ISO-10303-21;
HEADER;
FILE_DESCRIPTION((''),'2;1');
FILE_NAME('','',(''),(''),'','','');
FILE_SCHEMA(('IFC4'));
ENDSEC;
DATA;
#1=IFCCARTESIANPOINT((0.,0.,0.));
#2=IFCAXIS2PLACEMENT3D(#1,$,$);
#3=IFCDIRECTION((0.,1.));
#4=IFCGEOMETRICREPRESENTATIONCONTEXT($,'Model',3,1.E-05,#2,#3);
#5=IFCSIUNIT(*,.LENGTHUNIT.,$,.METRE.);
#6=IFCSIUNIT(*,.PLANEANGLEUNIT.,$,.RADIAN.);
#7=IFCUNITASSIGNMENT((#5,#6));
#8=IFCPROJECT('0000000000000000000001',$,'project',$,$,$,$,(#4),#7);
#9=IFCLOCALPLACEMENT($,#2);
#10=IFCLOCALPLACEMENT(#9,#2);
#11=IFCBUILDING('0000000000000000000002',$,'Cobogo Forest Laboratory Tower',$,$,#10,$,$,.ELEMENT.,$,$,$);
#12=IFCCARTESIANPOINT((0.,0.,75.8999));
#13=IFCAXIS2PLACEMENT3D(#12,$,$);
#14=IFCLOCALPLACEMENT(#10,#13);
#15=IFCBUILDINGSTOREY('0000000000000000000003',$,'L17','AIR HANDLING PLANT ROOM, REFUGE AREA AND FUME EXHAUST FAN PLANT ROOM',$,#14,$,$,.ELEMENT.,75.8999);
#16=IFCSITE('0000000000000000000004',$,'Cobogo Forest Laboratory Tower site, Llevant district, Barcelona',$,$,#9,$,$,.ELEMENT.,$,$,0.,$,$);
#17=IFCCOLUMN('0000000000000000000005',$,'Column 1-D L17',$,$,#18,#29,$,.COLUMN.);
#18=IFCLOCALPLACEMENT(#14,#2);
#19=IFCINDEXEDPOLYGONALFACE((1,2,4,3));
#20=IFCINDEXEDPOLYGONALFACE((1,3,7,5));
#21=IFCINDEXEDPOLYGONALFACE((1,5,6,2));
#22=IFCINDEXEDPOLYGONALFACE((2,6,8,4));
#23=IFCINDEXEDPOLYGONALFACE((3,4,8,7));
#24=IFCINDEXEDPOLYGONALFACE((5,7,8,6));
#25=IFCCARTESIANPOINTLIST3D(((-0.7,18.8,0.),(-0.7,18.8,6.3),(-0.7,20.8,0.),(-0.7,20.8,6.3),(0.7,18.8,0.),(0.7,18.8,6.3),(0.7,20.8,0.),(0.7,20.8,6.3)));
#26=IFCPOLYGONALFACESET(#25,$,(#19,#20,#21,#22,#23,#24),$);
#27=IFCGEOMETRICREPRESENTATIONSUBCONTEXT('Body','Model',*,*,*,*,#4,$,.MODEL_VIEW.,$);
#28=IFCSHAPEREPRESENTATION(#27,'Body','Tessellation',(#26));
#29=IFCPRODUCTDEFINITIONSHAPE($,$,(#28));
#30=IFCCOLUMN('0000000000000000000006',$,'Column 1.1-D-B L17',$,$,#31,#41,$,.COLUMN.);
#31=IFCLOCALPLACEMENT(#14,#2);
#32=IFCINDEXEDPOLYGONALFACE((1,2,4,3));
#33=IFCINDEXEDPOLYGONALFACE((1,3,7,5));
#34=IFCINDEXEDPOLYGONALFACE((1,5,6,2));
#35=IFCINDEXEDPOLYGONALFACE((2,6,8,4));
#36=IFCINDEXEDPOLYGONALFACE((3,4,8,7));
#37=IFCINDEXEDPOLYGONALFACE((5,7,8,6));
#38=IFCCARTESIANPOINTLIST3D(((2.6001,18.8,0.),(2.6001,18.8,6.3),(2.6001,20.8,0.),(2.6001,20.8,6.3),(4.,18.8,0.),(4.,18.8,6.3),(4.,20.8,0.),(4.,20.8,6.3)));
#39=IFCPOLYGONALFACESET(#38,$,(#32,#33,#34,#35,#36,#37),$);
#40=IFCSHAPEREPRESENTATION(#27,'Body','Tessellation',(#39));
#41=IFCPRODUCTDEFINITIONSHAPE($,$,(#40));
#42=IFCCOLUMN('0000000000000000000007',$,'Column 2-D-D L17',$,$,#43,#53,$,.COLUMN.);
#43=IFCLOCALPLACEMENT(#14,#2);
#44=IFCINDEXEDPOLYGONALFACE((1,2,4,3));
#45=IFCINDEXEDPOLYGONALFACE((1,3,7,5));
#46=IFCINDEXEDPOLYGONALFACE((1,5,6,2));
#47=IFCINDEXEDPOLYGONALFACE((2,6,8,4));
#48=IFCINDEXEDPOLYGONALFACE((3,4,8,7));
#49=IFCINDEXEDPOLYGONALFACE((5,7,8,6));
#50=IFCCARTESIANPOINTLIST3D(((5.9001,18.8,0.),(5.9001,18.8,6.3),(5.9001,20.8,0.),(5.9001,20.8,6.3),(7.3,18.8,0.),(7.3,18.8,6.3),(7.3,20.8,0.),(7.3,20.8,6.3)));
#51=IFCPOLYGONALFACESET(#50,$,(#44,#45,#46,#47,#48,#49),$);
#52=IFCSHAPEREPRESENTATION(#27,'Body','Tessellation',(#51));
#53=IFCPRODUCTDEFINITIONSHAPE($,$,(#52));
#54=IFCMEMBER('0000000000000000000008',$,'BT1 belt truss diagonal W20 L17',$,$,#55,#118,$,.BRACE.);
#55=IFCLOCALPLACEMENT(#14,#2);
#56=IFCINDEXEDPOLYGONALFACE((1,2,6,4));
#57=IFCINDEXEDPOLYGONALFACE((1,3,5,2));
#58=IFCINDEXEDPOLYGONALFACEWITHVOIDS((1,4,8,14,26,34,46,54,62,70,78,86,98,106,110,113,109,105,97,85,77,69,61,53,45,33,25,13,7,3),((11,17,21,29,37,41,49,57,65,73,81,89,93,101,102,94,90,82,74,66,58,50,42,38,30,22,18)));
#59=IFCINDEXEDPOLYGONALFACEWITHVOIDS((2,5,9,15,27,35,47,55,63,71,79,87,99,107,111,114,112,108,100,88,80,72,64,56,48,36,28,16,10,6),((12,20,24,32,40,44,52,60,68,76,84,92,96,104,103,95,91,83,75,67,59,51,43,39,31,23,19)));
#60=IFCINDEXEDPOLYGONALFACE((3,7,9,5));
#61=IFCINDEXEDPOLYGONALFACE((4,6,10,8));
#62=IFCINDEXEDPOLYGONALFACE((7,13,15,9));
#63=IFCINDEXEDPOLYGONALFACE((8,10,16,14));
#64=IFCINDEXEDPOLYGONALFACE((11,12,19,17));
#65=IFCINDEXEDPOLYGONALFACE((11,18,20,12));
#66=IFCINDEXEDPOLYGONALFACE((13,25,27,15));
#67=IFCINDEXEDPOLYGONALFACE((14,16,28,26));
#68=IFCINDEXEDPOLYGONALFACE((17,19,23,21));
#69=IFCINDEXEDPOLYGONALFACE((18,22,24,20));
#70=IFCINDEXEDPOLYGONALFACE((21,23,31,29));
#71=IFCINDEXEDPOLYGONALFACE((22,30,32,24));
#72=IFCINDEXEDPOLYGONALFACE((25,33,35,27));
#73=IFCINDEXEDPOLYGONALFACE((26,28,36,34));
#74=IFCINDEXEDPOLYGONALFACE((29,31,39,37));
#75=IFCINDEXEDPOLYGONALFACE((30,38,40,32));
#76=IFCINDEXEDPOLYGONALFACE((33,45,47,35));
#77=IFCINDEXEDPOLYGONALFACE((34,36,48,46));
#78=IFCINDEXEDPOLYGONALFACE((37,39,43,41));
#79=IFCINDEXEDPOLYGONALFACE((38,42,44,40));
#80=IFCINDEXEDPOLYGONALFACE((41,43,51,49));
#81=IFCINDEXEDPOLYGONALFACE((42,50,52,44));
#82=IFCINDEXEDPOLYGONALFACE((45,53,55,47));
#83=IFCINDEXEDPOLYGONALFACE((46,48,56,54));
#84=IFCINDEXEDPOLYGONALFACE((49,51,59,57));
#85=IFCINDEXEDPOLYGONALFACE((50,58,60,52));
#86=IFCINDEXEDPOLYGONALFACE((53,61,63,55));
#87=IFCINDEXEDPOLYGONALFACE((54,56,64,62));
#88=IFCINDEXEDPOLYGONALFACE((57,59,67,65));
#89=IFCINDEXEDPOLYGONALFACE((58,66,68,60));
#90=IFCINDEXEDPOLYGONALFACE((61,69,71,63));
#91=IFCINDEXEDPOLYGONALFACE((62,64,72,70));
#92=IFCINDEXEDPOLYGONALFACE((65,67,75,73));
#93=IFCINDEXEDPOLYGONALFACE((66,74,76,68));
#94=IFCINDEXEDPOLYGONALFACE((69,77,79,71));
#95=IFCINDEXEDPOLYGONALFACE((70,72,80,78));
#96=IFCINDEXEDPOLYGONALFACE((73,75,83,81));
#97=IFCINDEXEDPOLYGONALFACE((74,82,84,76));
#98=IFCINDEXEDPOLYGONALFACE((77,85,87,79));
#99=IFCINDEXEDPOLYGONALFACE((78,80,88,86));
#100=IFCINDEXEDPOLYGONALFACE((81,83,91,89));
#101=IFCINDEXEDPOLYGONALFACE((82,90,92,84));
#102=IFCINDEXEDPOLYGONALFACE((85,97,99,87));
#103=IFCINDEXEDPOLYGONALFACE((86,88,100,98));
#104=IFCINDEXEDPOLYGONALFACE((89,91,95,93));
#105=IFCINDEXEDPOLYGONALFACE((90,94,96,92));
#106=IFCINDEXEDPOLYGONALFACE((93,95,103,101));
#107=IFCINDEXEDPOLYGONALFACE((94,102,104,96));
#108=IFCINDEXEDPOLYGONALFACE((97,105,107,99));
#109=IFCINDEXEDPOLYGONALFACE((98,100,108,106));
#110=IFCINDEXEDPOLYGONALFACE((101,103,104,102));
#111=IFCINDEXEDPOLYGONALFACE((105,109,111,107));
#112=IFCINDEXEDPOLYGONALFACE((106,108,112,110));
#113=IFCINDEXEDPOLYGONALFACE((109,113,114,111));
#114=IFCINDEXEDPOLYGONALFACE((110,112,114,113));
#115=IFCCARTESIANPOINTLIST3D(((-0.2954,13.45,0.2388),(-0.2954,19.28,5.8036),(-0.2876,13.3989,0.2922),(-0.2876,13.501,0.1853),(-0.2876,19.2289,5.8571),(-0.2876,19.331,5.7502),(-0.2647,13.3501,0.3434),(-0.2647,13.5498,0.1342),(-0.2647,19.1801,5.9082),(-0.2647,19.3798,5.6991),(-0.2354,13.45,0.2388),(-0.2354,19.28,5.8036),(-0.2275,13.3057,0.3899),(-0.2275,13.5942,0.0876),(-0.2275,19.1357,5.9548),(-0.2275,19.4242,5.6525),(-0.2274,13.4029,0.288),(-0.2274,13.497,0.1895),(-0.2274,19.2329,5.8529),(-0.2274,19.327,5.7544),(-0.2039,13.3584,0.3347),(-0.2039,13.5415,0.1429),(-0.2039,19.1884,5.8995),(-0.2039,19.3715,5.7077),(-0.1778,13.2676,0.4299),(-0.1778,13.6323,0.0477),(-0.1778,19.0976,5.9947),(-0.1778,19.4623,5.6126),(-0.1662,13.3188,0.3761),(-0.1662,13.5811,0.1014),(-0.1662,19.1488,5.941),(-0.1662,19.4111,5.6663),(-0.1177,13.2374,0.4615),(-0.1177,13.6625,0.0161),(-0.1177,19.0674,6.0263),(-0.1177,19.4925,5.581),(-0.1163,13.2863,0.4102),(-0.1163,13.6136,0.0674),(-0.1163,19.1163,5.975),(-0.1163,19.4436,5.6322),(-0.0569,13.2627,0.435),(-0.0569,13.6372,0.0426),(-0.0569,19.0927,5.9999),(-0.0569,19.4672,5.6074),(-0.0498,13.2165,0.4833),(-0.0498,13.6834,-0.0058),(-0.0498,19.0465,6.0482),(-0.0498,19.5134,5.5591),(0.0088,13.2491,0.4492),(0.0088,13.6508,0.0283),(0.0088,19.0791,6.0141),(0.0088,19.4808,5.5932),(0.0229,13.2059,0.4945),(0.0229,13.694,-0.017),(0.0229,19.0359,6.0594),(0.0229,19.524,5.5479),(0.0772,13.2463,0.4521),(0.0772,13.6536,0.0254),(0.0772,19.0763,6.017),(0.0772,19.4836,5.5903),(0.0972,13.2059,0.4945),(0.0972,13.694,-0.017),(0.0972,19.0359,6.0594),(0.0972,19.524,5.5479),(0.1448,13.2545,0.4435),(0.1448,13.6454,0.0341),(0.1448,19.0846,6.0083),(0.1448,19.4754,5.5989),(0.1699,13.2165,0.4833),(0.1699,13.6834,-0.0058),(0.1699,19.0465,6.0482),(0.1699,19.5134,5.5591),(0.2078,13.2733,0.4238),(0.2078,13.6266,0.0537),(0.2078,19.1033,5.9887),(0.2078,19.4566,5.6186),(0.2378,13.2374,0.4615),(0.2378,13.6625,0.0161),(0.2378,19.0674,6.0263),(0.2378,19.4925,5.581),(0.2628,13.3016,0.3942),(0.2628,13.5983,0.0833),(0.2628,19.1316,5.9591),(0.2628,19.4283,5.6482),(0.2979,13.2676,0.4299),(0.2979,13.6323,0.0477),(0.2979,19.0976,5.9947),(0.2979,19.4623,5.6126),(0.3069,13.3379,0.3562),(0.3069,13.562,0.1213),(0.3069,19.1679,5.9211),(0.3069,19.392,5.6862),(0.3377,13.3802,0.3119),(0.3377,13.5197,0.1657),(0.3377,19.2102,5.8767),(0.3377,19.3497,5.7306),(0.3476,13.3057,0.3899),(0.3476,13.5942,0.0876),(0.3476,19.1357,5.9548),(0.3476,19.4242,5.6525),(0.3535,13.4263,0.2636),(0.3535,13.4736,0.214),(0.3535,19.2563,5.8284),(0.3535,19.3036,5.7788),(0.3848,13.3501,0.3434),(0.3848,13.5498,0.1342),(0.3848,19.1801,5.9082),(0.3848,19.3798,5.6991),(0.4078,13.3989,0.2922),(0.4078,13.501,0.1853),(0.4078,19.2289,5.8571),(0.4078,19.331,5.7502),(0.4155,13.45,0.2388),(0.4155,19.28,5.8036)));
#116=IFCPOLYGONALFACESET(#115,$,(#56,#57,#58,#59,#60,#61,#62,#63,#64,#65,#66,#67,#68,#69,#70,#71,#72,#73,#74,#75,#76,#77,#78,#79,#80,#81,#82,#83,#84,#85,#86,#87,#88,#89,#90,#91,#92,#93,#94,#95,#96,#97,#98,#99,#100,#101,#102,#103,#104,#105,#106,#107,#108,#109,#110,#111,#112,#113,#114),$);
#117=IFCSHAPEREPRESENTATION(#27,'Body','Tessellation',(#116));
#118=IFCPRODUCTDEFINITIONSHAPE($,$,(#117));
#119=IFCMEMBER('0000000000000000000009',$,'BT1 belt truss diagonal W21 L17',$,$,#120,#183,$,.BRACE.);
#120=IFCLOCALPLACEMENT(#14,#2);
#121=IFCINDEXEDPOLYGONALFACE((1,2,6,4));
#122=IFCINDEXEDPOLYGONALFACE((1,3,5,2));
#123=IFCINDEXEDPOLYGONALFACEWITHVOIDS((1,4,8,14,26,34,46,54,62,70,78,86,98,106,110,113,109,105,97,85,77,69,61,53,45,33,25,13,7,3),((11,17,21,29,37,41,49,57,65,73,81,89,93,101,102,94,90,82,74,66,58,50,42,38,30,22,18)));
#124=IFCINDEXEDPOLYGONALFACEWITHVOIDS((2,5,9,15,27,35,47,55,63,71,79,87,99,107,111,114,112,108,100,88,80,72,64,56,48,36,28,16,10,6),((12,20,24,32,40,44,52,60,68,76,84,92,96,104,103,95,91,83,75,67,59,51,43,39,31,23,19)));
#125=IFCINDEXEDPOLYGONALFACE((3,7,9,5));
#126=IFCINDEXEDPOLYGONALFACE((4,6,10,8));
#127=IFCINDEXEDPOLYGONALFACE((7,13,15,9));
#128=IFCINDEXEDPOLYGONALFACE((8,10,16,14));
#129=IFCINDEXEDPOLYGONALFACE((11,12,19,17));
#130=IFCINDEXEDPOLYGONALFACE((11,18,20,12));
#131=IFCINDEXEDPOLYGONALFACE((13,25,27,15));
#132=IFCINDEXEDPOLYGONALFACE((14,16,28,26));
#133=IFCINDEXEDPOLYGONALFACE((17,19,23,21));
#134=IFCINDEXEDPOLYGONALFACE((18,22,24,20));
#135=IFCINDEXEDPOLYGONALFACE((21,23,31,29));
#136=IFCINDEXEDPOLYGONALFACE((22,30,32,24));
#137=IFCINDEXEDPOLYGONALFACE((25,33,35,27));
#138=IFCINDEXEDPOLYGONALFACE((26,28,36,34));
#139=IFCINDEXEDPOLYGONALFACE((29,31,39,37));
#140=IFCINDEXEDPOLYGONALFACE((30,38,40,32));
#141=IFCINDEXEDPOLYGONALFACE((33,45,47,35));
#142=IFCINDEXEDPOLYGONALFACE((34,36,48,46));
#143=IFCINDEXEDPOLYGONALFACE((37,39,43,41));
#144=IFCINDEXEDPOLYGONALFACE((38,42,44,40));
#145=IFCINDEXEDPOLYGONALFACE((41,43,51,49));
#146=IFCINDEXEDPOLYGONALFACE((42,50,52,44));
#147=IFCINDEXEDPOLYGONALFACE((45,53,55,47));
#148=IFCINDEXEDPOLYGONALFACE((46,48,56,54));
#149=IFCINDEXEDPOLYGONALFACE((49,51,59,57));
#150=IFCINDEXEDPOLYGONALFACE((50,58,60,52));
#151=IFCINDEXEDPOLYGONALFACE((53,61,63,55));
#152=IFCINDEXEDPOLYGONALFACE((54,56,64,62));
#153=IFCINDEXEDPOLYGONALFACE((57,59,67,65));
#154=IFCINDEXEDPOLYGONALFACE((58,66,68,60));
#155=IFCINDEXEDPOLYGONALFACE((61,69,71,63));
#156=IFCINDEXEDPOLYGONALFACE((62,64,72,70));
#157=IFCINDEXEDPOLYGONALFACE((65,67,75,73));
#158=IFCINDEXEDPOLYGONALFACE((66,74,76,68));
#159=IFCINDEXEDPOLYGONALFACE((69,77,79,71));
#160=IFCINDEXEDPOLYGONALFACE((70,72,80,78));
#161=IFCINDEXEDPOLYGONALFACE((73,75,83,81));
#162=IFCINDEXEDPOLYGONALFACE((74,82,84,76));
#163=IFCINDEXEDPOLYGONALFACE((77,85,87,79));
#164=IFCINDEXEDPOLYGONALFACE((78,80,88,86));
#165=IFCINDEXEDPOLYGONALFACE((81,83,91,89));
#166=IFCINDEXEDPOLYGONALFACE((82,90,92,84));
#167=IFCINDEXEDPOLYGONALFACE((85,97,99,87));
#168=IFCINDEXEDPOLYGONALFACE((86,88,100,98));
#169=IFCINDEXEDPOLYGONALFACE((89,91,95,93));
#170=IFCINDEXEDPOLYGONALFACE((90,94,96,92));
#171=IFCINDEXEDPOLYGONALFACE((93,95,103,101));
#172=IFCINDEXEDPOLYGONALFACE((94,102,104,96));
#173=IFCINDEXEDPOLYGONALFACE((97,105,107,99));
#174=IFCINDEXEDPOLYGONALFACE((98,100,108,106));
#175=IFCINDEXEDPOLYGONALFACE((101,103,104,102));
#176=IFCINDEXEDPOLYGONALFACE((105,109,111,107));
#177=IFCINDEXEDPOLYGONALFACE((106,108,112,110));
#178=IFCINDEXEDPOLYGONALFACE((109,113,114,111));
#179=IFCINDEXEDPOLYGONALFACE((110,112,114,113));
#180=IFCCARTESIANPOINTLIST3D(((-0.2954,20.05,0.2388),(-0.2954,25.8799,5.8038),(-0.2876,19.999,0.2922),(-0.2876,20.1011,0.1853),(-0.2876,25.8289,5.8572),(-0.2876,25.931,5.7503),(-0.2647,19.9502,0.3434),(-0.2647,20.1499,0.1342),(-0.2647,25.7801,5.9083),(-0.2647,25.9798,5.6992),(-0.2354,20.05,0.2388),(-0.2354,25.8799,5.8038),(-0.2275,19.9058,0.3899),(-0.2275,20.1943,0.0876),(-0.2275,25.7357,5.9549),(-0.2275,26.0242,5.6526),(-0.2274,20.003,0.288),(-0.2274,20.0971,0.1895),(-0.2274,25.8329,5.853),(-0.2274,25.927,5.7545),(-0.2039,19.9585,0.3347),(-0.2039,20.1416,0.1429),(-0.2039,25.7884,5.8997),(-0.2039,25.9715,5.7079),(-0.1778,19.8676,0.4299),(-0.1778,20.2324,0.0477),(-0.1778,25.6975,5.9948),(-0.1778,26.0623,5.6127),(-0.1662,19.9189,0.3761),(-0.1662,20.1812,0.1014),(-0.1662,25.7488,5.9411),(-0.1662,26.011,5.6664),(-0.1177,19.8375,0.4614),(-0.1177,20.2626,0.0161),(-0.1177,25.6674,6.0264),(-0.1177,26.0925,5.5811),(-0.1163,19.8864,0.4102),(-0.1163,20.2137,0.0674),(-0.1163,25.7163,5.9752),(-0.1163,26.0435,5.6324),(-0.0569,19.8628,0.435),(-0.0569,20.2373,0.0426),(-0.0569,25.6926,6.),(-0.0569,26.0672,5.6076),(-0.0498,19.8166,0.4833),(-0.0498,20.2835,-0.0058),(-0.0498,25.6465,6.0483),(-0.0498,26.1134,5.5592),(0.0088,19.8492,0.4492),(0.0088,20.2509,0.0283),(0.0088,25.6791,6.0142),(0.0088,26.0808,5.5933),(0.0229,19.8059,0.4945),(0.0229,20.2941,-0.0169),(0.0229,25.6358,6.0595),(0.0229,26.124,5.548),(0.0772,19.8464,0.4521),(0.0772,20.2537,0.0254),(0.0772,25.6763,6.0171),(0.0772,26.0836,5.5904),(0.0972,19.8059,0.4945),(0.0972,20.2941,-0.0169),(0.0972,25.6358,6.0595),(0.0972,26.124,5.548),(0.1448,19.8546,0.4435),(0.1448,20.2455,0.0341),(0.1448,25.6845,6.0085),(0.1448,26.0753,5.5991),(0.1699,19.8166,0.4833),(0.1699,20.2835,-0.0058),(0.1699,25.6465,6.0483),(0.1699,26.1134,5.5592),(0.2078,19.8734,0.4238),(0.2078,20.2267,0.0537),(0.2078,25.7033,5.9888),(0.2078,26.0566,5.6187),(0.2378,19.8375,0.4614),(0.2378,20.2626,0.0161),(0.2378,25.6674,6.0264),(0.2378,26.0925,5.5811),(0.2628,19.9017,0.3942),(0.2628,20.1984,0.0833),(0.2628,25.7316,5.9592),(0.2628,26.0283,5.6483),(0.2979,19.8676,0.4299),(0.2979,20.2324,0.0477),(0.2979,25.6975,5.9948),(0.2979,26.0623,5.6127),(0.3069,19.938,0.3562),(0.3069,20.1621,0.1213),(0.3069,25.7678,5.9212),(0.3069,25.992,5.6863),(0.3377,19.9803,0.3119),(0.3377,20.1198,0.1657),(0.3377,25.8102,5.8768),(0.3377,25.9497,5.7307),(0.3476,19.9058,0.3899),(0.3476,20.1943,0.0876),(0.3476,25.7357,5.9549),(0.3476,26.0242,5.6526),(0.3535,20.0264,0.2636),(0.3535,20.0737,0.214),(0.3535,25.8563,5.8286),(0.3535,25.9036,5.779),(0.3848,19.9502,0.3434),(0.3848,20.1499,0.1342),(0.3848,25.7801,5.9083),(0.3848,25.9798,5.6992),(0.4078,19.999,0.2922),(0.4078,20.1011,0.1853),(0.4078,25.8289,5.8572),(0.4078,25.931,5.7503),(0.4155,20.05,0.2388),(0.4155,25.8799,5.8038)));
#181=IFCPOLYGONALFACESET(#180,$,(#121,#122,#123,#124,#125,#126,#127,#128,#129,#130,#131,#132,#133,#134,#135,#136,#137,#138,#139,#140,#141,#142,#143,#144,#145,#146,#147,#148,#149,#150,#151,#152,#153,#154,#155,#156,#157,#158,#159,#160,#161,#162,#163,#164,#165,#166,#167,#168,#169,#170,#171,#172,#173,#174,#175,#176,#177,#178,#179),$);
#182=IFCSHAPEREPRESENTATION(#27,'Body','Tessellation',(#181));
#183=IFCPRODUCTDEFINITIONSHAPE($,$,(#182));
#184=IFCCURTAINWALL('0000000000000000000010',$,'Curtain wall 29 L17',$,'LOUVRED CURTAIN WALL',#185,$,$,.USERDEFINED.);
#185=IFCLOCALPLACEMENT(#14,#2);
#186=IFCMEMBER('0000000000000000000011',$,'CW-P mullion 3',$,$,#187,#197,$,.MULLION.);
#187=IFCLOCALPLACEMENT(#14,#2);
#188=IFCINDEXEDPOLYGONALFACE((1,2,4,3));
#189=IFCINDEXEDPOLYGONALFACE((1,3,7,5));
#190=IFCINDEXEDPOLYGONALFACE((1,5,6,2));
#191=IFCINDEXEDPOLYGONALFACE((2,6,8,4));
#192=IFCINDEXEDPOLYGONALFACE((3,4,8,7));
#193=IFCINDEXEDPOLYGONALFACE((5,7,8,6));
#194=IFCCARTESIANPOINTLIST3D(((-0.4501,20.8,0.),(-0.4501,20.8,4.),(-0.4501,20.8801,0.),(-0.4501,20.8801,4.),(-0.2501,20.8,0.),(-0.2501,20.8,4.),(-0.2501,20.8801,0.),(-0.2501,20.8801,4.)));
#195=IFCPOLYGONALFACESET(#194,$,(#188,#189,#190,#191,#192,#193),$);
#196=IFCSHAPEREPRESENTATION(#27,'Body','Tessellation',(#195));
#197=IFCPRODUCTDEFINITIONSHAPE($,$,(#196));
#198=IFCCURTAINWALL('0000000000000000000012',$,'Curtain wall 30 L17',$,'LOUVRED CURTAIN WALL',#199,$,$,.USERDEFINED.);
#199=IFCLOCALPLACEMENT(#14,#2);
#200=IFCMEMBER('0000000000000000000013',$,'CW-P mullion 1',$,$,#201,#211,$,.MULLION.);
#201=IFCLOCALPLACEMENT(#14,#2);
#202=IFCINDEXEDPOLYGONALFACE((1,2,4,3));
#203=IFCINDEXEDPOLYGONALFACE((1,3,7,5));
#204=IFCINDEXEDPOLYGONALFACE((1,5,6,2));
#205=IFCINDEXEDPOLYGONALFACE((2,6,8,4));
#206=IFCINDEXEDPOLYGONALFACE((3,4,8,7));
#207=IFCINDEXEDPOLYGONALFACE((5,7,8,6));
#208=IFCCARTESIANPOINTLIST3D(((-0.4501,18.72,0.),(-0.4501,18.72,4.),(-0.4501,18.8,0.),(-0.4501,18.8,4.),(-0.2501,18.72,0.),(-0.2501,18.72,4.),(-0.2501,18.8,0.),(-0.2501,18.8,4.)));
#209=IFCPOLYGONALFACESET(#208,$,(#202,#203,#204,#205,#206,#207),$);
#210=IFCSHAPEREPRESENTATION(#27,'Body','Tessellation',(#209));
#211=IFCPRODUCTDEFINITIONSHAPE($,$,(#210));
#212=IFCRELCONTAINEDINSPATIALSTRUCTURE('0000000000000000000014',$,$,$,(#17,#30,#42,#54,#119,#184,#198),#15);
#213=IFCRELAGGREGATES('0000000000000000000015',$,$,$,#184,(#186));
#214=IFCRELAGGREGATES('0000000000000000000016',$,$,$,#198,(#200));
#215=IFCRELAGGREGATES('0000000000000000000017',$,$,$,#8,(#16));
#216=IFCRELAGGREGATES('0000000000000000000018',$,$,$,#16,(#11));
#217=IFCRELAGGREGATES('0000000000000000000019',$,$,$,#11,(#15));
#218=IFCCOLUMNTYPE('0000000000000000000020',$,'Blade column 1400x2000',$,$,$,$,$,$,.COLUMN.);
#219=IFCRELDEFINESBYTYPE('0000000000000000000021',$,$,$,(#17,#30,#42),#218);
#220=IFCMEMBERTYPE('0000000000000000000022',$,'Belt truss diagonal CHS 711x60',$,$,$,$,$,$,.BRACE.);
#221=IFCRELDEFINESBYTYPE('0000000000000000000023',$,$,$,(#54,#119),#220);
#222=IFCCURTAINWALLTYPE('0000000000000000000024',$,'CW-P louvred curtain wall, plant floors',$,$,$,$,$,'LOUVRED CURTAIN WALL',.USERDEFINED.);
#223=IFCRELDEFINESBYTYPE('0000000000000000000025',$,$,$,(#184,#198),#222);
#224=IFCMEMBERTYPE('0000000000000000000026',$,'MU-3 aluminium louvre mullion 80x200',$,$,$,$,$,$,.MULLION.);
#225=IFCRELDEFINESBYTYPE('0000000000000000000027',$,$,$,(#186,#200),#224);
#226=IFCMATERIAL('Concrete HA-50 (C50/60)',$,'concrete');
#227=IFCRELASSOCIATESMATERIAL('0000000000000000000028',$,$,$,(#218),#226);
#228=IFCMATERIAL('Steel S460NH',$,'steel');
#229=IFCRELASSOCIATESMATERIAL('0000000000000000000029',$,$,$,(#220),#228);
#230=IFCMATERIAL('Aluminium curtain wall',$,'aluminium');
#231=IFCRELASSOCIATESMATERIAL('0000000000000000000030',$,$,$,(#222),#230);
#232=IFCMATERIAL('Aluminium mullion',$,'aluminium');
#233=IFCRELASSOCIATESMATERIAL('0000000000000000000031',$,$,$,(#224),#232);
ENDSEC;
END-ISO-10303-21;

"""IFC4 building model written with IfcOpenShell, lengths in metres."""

from ifc_helpers import new_model, si_unit, direction, frame, origin, origin_2d, place, context, subcontext, project, spatial, rectangle, hollow_circle, extrude, material, material_profile, profile_set, type_object, element, aggregate, save


model = new_model("IFC4")

# Units and contexts
model_context = context("Model", 3, precision=1e-05, world=origin(), true_north=direction((0.0, 1.0)))
body_context = subcontext(model_context, "Body", "Model", "MODEL_VIEW")
ifc_project = project(units=[si_unit("LENGTHUNIT", "METRE"), si_unit("PLANEANGLEUNIT", "RADIAN")], contexts=[model_context])

# Site, building, storey
site_placement = place(None, origin())
site = spatial("IfcSite", under=ifc_project, at=site_placement, Name="Cobogo Forest Laboratory Tower site, Llevant district, Barcelona", CompositionType="ELEMENT", RefElevation=0.0)
building_placement = place(site_placement, origin())
building = spatial("IfcBuilding", under=site, at=building_placement, Name="Cobogo Forest Laboratory Tower", CompositionType="ELEMENT")
storey_placement = place(building_placement, frame((0.0, 0.0, 75.8999)))
storey = spatial("IfcBuildingStorey", under=building, at=storey_placement, Name="L17", Description="AIR HANDLING PLANT ROOM, REFUGE AREA AND FUME EXHAUST FAN PLANT ROOM", CompositionType="ELEMENT", Elevation=75.8999)

# Columns
ifc_material_1 = material(Name="Concrete HA-50 (C50/60)", Category="concrete")
ifc_material_profile_1 = material_profile(ifc_material_1, rectangle(XDim=2.0, YDim=1.3999, at=origin_2d()), Name="RC 1400x2000")
ifc_profile_set_1 = profile_set([ifc_material_profile_1], Name="Concrete HA-50 (C50/60)")
column_type = type_object("IfcColumnType", Name="Blade column 1400x2000", PredefinedType="COLUMN", material=ifc_profile_set_1)
for number, where, z_axis, x_axis, name in (
    (1, (0.0, 19.8, 0.0), (0.0, 0.0, 1.0), (0.0, 1.0, 0.0), "Column 1-D L17"),
    (2, (3.3, 19.8, 0.0), (0.0, 0.0, 1.0), (0.0, 1.0, 0.0), "Column 1.1-D-B L17"),
    (3, (6.6001, 19.8, 0.0), (0.0, 0.0, 1.0), (0.0, 1.0, 0.0), "Column 2-D-D L17"),
):
    element("IfcColumn", number, at=place(storey_placement, frame(where, z_axis=z_axis, x_axis=x_axis)), inside=storey, type_object=column_type, Name=name, PredefinedType="COLUMN", context=body_context, shape_type="SweptSolid", body=[
        extrude(rectangle(XDim=2.0, YDim=1.3999, at=origin_2d()), origin(), (0.0, 0.0, 1.0), 6.3),
    ])

# Members
ifc_material_2 = material(Name="Steel S460NH", Category="steel")
ifc_material_profile_2 = material_profile(ifc_material_2, hollow_circle(Radius=0.3555, WallThickness=0.0601, at=origin_2d()), Name="CHS 711x60")
ifc_profile_set_2 = profile_set([ifc_material_profile_2], Name="Steel S460NH")
member_type_1 = type_object("IfcMemberType", Name="Belt truss diagonal CHS 711x60", PredefinedType="BRACE", material=ifc_profile_set_2)
for number, where, z_axis, x_axis, name in (
    (4, (0.0601, 13.45, 0.2388), (0.0, 0.723364, 0.690467), (-1.0, 0.0, 0.0), "BT1 belt truss diagonal W20 L17"),
    (5, (0.0601, 20.05, 0.2388), (0.0, 0.723349, 0.690482), (-1.0, 0.0, 0.0), "BT1 belt truss diagonal W21 L17"),
):
    element("IfcMember", number, at=place(storey_placement, frame(where, z_axis=z_axis, x_axis=x_axis)), inside=storey, type_object=member_type_1, Name=name, PredefinedType="BRACE", context=body_context, shape_type="SweptSolid", body=[
        extrude(hollow_circle(Radius=0.3555, WallThickness=0.0601, at=origin_2d()), origin(), (0.0, 0.0, 1.0), 8.0596),
    ])

# Curtain wall, member
ifc_material_3 = material(Name="Aluminium curtain wall", Category="aluminium")
curtain_wall_type = type_object("IfcCurtainWallType", Name="CW-P louvred curtain wall, plant floors", ElementType="LOUVRED CURTAIN WALL", PredefinedType="USERDEFINED", material=ifc_material_3)
curtain_wall_1_placement = place(storey_placement, origin())
curtain_wall_1 = element("IfcCurtainWall", 6, at=curtain_wall_1_placement, inside=storey, type_object=curtain_wall_type, Name="Curtain wall 29 L17", ObjectType="LOUVRED CURTAIN WALL", PredefinedType="USERDEFINED")
ifc_material_4 = material(Name="Aluminium mullion", Category="aluminium")
ifc_material_profile_3 = material_profile(ifc_material_4, rectangle(XDim=0.0801, YDim=0.2, at=origin_2d()), Name="AL 80x200")
ifc_profile_set_3 = profile_set([ifc_material_profile_3], Name="Aluminium mullion")
member_type_2 = type_object("IfcMemberType", Name="MU-3 aluminium louvre mullion 80x200", PredefinedType="MULLION", material=ifc_profile_set_3)
member_1_placement = place(storey_placement, frame((-0.3501, 20.8401, 0.0), z_axis=(0.0, 0.0, 1.0), x_axis=(0.0, -1.0, 0.0)))
member_1 = element("IfcMember", 7, at=member_1_placement, type_object=member_type_2, Name="CW-P mullion 3", PredefinedType="MULLION", context=body_context, shape_type="SweptSolid", body=[
    extrude(rectangle(XDim=0.0801, YDim=0.2, at=origin_2d()), origin(), (0.0, 0.0, 1.0), 4.0),
])
aggregate(curtain_wall_1, [member_1])

# Curtain wall, member
curtain_wall_2_placement = place(storey_placement, origin())
curtain_wall_2 = element("IfcCurtainWall", 8, at=curtain_wall_2_placement, inside=storey, type_object=curtain_wall_type, Name="Curtain wall 30 L17", ObjectType="LOUVRED CURTAIN WALL", PredefinedType="USERDEFINED")
member_2_placement = place(storey_placement, frame((-0.3501, 18.76, 0.0), z_axis=(0.0, 0.0, 1.0), x_axis=(0.0, -1.0, 0.0)))
member_2 = element("IfcMember", 9, at=member_2_placement, type_object=member_type_2, Name="CW-P mullion 1", PredefinedType="MULLION", context=body_context, shape_type="SweptSolid", body=[
    extrude(rectangle(XDim=0.0801, YDim=0.2, at=origin_2d()), origin(), (0.0, 0.0, 1.0), 4.0),
])

aggregate(curtain_wall_2, [member_2])

save(model, "model.ifc")
